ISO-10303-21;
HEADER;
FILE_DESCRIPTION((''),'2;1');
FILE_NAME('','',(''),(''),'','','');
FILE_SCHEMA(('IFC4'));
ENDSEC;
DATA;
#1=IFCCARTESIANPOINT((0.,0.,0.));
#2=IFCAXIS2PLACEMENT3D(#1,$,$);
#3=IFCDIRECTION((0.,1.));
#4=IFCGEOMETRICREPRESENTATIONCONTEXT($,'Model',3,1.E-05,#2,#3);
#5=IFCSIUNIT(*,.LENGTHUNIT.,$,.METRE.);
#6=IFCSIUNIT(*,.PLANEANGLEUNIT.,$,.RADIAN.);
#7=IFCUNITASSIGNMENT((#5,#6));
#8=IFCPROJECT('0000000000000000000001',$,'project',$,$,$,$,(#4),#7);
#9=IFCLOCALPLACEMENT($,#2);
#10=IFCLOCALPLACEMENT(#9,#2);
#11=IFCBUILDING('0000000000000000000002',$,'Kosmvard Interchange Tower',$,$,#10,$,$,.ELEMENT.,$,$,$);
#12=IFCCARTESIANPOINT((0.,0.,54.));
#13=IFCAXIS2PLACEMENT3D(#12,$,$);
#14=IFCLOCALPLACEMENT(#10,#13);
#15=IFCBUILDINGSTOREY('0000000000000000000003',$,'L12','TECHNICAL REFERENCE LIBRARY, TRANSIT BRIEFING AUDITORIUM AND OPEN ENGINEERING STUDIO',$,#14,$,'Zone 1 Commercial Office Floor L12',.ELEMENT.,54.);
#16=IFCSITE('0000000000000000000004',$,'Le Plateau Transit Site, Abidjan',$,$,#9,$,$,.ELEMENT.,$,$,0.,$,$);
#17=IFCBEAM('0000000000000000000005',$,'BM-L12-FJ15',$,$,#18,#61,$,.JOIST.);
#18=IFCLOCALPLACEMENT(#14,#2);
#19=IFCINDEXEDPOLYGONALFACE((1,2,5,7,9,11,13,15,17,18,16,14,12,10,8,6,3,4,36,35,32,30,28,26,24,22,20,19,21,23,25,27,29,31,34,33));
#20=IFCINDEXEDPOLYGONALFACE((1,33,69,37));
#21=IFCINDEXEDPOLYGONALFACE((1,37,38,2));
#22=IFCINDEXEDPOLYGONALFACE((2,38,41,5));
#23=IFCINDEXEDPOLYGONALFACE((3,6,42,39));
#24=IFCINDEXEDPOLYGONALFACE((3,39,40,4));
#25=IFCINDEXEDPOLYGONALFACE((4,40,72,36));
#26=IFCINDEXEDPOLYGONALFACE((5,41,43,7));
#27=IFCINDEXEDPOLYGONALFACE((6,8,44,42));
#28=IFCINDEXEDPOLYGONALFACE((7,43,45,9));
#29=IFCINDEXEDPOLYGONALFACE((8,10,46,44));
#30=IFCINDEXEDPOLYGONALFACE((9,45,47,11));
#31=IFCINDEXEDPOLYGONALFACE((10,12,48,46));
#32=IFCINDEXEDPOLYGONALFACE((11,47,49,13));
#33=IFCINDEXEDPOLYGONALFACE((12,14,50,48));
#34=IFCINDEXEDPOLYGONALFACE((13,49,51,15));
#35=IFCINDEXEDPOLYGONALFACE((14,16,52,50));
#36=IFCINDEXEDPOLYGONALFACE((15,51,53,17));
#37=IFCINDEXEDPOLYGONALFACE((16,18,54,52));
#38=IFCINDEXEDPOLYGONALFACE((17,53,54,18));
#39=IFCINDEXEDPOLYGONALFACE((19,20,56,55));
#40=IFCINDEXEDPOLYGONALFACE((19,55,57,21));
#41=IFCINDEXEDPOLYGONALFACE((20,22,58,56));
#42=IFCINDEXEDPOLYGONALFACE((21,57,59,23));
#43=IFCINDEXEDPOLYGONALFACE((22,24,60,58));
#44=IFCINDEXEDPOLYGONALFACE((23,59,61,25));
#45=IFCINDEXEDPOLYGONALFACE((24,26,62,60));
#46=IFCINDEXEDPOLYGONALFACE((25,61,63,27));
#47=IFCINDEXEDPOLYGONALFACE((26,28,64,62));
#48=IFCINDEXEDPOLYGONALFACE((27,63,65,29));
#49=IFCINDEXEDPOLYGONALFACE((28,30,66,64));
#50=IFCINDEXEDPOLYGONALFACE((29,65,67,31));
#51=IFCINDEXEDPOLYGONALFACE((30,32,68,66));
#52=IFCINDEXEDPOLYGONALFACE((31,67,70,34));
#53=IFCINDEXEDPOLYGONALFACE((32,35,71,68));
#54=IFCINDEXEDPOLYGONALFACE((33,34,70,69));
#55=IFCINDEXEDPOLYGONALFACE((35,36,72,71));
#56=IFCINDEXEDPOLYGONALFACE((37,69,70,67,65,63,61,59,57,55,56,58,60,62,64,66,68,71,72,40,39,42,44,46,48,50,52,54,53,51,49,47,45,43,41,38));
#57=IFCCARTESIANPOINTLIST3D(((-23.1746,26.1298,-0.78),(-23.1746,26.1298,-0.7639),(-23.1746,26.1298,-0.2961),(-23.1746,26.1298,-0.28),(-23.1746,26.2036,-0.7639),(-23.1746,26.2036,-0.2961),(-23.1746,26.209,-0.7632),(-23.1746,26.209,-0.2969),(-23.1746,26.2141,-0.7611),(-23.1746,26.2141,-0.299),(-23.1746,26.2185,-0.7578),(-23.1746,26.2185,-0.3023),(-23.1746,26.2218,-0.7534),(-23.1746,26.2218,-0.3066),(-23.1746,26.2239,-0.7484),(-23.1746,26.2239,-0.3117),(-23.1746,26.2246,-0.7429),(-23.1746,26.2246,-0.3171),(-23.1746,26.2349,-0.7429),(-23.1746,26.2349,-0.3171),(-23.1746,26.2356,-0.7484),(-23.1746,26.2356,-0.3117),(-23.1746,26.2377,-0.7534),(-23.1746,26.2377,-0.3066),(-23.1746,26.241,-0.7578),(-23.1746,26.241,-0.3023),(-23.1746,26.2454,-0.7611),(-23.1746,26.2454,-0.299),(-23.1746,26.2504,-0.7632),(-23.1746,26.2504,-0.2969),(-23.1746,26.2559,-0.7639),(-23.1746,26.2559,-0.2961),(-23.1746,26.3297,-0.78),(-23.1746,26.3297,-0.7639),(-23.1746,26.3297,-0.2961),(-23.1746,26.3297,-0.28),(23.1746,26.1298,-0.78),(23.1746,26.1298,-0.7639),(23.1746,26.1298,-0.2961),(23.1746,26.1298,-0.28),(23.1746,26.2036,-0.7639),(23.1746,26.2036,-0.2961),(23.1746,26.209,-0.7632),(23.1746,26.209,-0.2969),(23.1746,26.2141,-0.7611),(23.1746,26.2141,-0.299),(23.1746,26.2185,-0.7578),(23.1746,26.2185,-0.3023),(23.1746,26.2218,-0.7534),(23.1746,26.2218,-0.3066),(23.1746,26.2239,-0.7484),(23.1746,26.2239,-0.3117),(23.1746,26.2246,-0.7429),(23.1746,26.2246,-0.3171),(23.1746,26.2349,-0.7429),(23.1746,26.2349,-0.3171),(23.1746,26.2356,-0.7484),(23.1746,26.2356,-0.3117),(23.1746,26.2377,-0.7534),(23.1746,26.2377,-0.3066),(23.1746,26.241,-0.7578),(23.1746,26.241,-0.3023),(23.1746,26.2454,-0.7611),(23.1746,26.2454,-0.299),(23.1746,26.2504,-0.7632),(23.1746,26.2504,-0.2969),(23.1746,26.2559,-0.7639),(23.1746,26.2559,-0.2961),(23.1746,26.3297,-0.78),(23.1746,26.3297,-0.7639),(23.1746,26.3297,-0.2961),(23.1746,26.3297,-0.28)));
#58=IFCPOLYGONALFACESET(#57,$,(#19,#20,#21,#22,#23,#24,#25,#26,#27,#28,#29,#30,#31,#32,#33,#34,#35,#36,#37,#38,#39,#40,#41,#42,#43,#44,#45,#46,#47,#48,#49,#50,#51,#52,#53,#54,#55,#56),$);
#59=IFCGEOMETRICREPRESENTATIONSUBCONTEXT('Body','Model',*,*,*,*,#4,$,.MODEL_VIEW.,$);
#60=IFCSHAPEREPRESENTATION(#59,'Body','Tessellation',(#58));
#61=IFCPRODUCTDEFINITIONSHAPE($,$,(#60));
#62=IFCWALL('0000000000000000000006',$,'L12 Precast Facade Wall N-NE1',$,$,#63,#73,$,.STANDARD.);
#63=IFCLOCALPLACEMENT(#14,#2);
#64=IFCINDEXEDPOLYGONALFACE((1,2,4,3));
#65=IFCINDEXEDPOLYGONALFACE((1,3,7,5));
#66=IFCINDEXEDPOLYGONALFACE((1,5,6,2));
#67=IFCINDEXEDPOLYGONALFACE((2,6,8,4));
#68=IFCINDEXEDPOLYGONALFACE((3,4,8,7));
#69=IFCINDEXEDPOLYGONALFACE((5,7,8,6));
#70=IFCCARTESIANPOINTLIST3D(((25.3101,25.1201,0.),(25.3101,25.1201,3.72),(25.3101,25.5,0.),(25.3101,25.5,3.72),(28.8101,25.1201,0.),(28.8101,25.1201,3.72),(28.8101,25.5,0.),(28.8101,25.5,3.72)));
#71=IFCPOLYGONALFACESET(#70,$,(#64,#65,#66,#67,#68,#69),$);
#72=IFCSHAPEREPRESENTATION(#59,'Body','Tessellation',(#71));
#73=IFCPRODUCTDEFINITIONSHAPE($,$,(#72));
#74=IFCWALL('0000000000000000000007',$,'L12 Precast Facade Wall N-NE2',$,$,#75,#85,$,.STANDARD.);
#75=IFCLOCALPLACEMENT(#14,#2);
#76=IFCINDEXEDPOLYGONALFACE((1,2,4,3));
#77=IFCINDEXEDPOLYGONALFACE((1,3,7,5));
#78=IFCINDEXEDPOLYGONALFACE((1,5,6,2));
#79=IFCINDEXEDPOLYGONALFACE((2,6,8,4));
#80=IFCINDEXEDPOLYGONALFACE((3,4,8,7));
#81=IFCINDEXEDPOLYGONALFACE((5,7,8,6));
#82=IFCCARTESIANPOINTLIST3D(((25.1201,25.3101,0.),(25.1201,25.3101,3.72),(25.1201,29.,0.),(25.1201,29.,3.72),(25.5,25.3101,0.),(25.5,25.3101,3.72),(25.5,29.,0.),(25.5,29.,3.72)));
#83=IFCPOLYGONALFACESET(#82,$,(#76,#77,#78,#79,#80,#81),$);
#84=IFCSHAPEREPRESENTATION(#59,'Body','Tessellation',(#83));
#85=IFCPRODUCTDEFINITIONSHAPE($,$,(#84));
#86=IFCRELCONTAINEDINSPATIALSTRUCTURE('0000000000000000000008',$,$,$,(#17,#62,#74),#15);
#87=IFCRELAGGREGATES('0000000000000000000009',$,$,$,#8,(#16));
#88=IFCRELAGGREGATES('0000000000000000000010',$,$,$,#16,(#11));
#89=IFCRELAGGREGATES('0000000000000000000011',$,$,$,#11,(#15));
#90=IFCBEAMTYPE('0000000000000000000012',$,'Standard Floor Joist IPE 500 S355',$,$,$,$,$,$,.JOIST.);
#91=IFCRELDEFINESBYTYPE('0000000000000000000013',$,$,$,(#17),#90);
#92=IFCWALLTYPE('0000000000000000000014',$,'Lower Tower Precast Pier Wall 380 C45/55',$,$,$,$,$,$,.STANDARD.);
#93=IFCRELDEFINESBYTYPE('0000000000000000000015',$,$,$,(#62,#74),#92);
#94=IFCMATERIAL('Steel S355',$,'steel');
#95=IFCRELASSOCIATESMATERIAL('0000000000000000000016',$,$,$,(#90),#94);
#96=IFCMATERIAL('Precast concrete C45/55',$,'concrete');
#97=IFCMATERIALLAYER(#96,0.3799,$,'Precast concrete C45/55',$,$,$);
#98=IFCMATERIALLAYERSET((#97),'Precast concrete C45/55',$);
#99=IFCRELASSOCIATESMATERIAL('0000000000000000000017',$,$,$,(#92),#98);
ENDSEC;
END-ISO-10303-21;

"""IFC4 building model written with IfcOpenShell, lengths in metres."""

from ifc_helpers import new_model, si_unit, direction, frame, frame_2d, origin, origin_2d, place, context, subcontext, project, spatial, rectangle, i_section, extrude, source, transform, mapped, material, layer, layer_set, material_profile, profile_set, type_object, element, save


model = new_model("IFC4")

# Units and contexts
model_context = context("Model", 3, precision=1e-05, world=origin(), true_north=direction((0.0, 1.0)))
body_context = subcontext(model_context, "Body", "Model", "MODEL_VIEW")
ifc_project = project(units=[si_unit("LENGTHUNIT", "METRE"), si_unit("PLANEANGLEUNIT", "RADIAN")], contexts=[model_context])

# Site, building, storey
site_placement = place(None, origin())
site = spatial("IfcSite", under=ifc_project, at=site_placement, Name="Le Plateau Transit Site, Abidjan", CompositionType="ELEMENT", RefElevation=0.0)
building_placement = place(site_placement, origin())
building = spatial("IfcBuilding", under=site, at=building_placement, Name="Kosmvard Interchange Tower", CompositionType="ELEMENT")
storey_placement = place(building_placement, frame((0.0, 0.0, 54.0)))
storey = spatial("IfcBuildingStorey", under=building, at=storey_placement, Name="L12", Description="TECHNICAL REFERENCE LIBRARY, TRANSIT BRIEFING AUDITORIUM AND OPEN ENGINEERING STUDIO", LongName="Zone 1 Commercial Office Floor L12", CompositionType="ELEMENT", Elevation=54.0)

# Beam
ifc_material_1 = material(Name="Steel S355", Category="steel")
ifc_material_2 = material(Name="Precast concrete C45/55", Category="concrete")
ifc_material_profile_1 = material_profile(ifc_material_1, i_section(OverallWidth=0.2, OverallDepth=0.5, WebThickness=0.0103, FlangeThickness=0.0161, FilletRadius=0.021, at=origin_2d()), Name="IPE 500")
ifc_profile_set_1 = profile_set([ifc_material_profile_1], Name="Steel S355")
beam_type_1 = type_object("IfcBeamType", Name="Standard Floor Joist IPE 500 S355", PredefinedType="JOIST", material=ifc_profile_set_1)
shared_shape_1 = source(origin(), body_context, "Body", "SweptSolid", [
    extrude(i_section(OverallWidth=0.2, OverallDepth=0.5, WebThickness=0.0103, FlangeThickness=0.0161, FilletRadius=0.021, at=origin_2d()), origin(), (0.0, 0.0, 1.0), 46.3491),
])
beam_1_placement = place(storey_placement, frame((23.1746, 26.2297, -0.53), z_axis=(-1.0, 0.0, 0.0), x_axis=(0.0, -1.0, 0.0)))
element("IfcBeam", 1, at=beam_1_placement, inside=storey, type_object=beam_type_1, Name="BM-L12-FJ15", PredefinedType="JOIST", context=body_context, shape_type="MappedRepresentation", body=[
    mapped(shared_shape_1, transform((0.0, 0.0, 0.0), scale=1.0)),
])

# Walls
ifc_layer_1 = layer(ifc_material_2, 0.3799, Name="Precast concrete C45/55")
ifc_layer_set_1 = layer_set([ifc_layer_1], Name="Precast concrete C45/55")
wall_type_1 = type_object("IfcWallType", Name="Lower Tower Precast Pier Wall 380 C45/55", PredefinedType="STANDARD", material=ifc_layer_set_1)
wall_1_placement = place(storey_placement, frame((28.8101, 25.3101, 0.0), z_axis=(0.0, 0.0, 1.0), x_axis=(-1.0, 0.0, 0.0)))
element("IfcWall", 2, at=wall_1_placement, inside=storey, type_object=wall_type_1, Name="L12 Precast Facade Wall N-NE1", PredefinedType="STANDARD", context=body_context, shape_type="SweptSolid", body=[
    extrude(rectangle(XDim=3.5, YDim=0.3799, at=frame_2d((1.75, 0.0))), origin(), (0.0, 0.0, 1.0), 3.72),
])
wall_2_placement = place(storey_placement, frame((25.3101, 25.3101, 0.0), z_axis=(0.0, 0.0, 1.0), x_axis=(0.0, 1.0, 0.0)))
element("IfcWall", 3, at=wall_2_placement, inside=storey, type_object=wall_type_1, Name="L12 Precast Facade Wall N-NE2", PredefinedType="STANDARD", context=body_context, shape_type="SweptSolid", body=[
    extrude(rectangle(XDim=3.6899, YDim=0.3799, at=frame_2d((1.845, 0.0))), origin(), (0.0, 0.0, 1.0), 3.72),
])

save(model, "model.ifc")
